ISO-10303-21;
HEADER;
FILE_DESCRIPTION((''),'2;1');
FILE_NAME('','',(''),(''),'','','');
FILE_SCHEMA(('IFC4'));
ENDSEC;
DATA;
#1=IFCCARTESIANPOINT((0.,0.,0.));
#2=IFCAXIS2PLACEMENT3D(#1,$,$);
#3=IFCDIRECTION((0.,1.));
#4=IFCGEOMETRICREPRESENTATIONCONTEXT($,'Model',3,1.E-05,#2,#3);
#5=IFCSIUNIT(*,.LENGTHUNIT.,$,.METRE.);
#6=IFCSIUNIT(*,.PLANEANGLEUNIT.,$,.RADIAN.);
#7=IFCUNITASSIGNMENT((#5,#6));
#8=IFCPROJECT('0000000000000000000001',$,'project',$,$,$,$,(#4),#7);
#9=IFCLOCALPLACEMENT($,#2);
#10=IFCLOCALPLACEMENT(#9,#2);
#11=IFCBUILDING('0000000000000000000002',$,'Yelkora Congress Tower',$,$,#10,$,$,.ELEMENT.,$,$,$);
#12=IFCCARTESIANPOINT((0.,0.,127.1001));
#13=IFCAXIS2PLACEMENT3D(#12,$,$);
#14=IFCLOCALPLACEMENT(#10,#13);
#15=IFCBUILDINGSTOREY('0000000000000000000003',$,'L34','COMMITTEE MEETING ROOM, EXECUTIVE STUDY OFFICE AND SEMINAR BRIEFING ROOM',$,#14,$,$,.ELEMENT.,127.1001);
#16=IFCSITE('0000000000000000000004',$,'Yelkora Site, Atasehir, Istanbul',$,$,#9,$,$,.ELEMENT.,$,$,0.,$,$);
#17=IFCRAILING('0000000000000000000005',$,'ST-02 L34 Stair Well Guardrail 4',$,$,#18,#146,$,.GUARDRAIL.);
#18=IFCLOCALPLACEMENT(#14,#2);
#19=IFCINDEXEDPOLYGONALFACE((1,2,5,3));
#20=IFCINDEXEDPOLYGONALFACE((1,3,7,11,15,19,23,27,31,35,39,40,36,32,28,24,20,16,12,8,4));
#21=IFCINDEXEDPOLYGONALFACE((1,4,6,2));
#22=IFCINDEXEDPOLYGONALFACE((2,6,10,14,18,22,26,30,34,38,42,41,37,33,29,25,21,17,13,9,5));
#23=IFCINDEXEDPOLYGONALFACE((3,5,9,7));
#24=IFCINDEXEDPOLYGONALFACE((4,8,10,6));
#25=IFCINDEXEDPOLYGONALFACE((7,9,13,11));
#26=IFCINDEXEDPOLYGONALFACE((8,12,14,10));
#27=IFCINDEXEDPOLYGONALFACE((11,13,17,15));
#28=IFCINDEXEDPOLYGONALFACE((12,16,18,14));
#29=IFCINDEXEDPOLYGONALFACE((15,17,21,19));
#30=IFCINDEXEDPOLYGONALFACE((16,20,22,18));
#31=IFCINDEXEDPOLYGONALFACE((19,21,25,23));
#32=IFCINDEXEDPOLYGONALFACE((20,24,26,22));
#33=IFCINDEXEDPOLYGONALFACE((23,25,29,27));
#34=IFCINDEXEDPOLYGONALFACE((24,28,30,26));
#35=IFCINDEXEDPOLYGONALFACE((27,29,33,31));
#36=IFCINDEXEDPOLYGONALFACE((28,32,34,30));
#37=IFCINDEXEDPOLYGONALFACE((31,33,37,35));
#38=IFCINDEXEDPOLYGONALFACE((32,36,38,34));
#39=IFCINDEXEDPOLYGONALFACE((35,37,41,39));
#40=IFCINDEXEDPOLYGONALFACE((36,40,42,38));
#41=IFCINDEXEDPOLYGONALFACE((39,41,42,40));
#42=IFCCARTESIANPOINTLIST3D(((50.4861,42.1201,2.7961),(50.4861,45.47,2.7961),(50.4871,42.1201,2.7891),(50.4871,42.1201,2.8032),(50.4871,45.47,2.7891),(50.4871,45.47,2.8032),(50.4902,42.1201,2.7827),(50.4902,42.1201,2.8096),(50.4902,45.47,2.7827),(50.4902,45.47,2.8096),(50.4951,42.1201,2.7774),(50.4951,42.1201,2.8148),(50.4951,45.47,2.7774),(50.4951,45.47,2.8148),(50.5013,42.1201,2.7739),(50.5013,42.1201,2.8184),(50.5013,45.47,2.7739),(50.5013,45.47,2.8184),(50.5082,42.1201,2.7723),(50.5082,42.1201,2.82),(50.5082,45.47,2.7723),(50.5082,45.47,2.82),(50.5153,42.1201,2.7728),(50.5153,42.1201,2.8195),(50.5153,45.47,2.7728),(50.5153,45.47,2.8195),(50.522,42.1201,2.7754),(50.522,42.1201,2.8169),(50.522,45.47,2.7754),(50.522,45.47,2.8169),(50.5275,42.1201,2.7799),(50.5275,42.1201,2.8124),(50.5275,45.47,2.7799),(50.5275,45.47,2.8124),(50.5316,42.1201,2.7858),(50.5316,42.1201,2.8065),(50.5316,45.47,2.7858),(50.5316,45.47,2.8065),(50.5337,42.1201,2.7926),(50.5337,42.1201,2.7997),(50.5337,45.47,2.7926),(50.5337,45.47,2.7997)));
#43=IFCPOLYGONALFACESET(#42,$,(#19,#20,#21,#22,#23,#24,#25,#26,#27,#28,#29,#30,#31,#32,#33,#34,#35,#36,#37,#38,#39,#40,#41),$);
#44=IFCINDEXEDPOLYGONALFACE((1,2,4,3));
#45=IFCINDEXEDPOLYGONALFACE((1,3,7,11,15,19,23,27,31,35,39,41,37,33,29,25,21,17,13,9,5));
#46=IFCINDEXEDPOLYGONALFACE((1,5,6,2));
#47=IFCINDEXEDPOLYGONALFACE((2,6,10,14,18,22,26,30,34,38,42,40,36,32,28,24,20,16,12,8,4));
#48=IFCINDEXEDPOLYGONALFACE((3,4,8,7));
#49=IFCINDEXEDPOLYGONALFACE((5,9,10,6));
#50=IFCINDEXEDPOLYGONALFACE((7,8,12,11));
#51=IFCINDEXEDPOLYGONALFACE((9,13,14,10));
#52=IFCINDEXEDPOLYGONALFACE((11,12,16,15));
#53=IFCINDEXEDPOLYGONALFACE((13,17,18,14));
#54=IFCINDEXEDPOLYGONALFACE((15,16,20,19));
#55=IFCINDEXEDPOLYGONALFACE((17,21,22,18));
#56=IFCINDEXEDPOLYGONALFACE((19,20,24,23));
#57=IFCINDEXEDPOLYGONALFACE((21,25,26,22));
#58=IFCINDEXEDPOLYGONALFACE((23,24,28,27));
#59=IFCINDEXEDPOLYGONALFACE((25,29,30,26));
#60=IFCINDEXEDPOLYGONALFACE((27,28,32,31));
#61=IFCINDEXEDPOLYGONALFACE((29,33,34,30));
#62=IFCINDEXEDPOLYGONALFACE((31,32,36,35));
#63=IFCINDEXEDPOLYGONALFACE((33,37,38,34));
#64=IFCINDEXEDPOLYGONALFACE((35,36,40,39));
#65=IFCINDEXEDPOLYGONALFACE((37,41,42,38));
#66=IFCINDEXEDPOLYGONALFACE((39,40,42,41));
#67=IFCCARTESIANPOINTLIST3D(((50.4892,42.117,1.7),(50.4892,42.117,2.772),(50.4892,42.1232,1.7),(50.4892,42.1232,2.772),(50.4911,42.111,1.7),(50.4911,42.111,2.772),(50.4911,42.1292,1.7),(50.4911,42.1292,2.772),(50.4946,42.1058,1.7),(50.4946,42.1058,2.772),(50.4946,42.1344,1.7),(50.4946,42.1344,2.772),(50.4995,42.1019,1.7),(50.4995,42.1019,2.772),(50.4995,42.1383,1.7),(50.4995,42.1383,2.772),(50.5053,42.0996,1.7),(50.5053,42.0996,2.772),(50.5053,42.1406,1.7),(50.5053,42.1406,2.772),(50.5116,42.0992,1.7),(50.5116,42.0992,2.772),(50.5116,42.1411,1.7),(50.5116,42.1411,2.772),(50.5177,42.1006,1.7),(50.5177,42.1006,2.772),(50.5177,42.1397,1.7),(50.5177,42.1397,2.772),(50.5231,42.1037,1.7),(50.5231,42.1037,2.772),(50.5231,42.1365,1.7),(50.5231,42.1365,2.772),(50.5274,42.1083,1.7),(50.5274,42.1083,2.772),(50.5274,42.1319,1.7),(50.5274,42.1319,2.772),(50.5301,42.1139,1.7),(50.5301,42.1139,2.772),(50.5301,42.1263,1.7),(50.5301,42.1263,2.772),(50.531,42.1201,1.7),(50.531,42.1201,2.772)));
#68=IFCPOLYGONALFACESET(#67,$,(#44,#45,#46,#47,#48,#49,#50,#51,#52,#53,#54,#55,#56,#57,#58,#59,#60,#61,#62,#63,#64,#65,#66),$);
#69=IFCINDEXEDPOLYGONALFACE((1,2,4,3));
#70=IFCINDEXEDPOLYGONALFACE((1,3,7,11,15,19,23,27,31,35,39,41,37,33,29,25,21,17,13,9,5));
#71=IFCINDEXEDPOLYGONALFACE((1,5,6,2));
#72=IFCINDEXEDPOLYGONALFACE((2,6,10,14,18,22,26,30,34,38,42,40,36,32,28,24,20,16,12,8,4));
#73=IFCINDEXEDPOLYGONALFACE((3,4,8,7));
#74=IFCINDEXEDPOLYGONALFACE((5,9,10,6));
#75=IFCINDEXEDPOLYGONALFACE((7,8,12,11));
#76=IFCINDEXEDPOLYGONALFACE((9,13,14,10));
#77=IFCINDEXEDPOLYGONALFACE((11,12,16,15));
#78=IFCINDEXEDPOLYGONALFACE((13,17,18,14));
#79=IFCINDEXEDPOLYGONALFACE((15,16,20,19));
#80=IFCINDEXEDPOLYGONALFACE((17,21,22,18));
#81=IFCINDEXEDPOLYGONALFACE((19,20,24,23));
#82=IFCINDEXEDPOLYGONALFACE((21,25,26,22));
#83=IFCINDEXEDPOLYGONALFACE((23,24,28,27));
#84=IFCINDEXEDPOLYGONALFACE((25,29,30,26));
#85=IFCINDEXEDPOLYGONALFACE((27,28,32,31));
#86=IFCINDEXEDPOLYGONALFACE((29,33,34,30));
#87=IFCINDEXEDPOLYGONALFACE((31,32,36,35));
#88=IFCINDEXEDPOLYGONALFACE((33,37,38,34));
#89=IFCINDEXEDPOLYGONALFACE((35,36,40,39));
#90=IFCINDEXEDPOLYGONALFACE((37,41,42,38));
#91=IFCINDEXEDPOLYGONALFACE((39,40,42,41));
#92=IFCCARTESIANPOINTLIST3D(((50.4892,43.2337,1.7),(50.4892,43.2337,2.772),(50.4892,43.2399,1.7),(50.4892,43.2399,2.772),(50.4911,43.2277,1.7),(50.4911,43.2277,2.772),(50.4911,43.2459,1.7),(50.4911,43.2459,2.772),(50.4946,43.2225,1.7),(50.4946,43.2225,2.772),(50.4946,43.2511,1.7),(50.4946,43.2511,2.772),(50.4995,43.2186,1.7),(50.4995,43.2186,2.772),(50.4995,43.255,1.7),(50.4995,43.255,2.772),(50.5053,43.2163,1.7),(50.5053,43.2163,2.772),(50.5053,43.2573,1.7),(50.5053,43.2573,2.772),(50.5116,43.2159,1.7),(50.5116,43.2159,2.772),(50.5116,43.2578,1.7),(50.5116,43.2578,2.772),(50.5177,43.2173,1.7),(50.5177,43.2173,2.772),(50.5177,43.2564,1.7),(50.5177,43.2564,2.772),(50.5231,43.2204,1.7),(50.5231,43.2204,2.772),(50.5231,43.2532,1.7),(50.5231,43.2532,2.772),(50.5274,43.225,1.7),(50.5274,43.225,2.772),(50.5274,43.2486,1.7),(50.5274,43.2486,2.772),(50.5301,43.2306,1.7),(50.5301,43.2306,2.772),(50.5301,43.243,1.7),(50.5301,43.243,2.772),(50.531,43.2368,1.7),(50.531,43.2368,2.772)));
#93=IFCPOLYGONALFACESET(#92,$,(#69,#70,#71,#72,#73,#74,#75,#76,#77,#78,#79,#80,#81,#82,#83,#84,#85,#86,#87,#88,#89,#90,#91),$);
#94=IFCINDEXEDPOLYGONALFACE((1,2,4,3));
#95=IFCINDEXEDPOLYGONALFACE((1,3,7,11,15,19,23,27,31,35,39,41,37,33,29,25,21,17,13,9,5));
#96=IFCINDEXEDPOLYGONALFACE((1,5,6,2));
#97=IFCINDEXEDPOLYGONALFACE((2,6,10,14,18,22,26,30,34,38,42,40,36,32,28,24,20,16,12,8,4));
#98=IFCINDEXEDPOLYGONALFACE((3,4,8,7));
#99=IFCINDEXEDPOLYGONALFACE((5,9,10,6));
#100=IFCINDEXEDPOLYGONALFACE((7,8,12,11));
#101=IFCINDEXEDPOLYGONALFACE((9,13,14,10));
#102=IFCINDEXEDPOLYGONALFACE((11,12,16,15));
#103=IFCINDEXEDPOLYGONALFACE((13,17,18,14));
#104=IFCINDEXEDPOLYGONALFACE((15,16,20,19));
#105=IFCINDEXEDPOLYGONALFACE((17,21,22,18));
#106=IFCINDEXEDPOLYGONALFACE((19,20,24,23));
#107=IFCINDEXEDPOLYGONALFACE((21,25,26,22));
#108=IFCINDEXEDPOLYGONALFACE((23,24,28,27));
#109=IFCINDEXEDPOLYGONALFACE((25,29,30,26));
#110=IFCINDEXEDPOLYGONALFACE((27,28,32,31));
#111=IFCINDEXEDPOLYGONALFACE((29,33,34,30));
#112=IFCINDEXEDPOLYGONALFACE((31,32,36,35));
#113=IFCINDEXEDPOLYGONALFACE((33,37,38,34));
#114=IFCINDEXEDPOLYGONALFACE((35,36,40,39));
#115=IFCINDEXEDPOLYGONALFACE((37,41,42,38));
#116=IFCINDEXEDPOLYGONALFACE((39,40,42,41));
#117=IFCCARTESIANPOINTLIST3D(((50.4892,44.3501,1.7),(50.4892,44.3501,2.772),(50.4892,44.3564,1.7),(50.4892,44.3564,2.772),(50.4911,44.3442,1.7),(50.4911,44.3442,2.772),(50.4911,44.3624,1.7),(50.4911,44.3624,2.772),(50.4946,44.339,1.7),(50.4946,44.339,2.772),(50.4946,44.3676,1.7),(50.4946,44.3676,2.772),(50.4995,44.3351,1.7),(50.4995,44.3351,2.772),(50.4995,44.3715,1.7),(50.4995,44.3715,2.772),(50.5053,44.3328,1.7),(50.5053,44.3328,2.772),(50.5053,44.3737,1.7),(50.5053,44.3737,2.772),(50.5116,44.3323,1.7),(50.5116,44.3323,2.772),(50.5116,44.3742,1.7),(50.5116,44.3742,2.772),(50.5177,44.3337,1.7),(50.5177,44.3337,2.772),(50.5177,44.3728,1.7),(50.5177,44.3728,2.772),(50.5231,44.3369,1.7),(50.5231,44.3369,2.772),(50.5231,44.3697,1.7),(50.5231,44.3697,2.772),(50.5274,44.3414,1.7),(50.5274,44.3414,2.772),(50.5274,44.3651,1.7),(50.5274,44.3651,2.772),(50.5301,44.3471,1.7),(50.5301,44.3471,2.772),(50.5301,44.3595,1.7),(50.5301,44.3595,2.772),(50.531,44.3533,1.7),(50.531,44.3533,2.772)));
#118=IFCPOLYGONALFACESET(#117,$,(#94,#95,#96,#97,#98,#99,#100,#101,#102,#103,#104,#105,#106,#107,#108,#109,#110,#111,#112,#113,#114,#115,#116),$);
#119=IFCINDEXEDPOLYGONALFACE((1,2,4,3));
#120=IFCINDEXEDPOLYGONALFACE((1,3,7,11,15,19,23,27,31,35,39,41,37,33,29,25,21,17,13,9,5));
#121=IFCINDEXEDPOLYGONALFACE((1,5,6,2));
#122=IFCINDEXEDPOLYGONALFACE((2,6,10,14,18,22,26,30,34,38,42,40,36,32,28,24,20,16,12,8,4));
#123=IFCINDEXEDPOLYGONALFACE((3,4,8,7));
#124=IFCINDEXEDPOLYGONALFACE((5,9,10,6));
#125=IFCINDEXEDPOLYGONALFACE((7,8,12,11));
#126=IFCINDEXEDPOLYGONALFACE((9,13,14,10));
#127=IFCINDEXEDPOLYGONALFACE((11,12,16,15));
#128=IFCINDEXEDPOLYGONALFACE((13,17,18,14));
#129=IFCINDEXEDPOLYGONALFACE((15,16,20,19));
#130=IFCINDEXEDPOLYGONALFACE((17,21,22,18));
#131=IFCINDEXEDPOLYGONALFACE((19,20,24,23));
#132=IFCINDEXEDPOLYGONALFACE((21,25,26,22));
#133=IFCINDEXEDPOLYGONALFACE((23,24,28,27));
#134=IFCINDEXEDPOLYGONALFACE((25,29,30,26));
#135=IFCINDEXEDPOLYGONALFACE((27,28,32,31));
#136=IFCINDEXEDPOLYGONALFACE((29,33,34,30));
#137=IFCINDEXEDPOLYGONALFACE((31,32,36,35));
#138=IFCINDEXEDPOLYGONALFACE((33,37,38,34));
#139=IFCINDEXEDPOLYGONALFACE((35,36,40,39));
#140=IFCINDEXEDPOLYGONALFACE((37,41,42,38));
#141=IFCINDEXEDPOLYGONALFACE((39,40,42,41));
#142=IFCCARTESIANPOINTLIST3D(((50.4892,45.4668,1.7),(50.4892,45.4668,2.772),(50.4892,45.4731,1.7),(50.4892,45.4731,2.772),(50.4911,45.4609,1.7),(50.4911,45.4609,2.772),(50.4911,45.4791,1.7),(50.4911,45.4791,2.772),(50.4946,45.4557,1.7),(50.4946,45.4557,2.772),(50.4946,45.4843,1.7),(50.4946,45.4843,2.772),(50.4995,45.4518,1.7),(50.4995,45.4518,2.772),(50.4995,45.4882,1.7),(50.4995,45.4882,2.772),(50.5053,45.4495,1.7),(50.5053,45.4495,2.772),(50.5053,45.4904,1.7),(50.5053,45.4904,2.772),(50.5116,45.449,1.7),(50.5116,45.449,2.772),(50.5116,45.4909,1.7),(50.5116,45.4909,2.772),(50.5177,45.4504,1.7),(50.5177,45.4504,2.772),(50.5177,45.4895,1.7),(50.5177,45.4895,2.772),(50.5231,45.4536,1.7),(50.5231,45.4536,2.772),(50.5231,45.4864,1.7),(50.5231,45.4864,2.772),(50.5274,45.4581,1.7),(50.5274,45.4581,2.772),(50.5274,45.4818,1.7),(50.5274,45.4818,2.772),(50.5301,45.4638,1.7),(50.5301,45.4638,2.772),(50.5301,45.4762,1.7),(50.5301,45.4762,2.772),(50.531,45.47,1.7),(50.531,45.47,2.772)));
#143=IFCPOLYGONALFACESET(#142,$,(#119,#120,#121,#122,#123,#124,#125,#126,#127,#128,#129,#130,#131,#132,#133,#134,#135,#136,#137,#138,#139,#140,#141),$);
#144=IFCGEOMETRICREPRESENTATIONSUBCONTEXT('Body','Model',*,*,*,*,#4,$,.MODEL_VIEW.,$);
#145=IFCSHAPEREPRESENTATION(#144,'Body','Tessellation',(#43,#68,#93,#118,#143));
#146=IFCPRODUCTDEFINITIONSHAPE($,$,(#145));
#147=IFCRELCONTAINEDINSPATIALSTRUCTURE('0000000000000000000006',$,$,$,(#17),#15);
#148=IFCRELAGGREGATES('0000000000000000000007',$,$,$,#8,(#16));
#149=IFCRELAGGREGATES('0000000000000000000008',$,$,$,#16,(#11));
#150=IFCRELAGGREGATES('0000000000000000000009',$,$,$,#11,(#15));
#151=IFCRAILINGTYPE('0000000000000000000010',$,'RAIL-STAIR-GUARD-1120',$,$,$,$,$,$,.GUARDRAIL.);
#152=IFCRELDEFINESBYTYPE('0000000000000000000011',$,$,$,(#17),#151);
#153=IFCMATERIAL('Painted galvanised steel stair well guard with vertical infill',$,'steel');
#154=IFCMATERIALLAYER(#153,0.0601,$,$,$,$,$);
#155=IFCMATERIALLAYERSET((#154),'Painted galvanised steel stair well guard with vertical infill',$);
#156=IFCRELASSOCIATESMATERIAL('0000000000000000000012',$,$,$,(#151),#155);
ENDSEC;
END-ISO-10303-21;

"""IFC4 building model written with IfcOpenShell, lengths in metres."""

from ifc_helpers import new_model, si_unit, direction, frame, origin, origin_2d, place, context, subcontext, project, spatial, circle, extrude, material, layer, layer_set, type_object, element, save


model = new_model("IFC4")

# Units and contexts
model_context = context("Model", 3, precision=1e-05, world=origin(), true_north=direction((0.0, 1.0)))
body_context = subcontext(model_context, "Body", "Model", "MODEL_VIEW")
ifc_project = project(units=[si_unit("LENGTHUNIT", "METRE"), si_unit("PLANEANGLEUNIT", "RADIAN")], contexts=[model_context])

# Site, building, storey
site_placement = place(None, origin())
site = spatial("IfcSite", under=ifc_project, at=site_placement, Name="Yelkora Site, Atasehir, Istanbul", CompositionType="ELEMENT", RefElevation=0.0)
building_placement = place(site_placement, origin())
building = spatial("IfcBuilding", under=site, at=building_placement, Name="Yelkora Congress Tower", CompositionType="ELEMENT")
storey_placement = place(building_placement, frame((0.0, 0.0, 127.1001)))
storey = spatial("IfcBuildingStorey", under=building, at=storey_placement, Name="L34", Description="COMMITTEE MEETING ROOM, EXECUTIVE STUDY OFFICE AND SEMINAR BRIEFING ROOM", CompositionType="ELEMENT", Elevation=127.1001)

# Railing
ifc_material_1 = material(Name="Painted galvanised steel stair well guard with vertical infill", Category="steel")
ifc_layer_1 = layer(ifc_material_1, 0.0601)
ifc_layer_set_1 = layer_set([ifc_layer_1], Name="Painted galvanised steel stair well guard with vertical infill")
railing_type_1 = type_object("IfcRailingType", Name="RAIL-STAIR-GUARD-1120", PredefinedType="GUARDRAIL", material=ifc_layer_set_1)
for number, where, name in (
    (1, (50.51, 42.1201, 1.7), "ST-02 L34 Stair Well Guardrail 4"),
):
    element("IfcRailing", number, at=place(storey_placement, frame(where)), inside=storey, type_object=railing_type_1, Name=name, PredefinedType="GUARDRAIL", context=body_context, shape_type="SweptSolid", body=[
        extrude(circle(Radius=0.0239, at=origin_2d()), frame((0.0, 0.0, 1.0962), z_axis=(0.0, 1.0, 0.0), x_axis=(-1.0, 0.0, 0.0)), (0.0, 0.0, 1.0), 3.3499),
        extrude(circle(Radius=0.021, at=origin_2d()), origin(), (0.0, 0.0, 1.0), 1.072),
        extrude(circle(Radius=0.021, at=origin_2d()), frame((0.0, 1.1167, 0.0)), (0.0, 0.0, 1.0), 1.072),
        extrude(circle(Radius=0.021, at=origin_2d()), frame((0.0, 2.2332, 0.0)), (0.0, 0.0, 1.0), 1.072),
        extrude(circle(Radius=0.021, at=origin_2d()), frame((0.0, 3.3499, 0.0)), (0.0, 0.0, 1.0), 1.072),
    ])

save(model, "model.ifc")
